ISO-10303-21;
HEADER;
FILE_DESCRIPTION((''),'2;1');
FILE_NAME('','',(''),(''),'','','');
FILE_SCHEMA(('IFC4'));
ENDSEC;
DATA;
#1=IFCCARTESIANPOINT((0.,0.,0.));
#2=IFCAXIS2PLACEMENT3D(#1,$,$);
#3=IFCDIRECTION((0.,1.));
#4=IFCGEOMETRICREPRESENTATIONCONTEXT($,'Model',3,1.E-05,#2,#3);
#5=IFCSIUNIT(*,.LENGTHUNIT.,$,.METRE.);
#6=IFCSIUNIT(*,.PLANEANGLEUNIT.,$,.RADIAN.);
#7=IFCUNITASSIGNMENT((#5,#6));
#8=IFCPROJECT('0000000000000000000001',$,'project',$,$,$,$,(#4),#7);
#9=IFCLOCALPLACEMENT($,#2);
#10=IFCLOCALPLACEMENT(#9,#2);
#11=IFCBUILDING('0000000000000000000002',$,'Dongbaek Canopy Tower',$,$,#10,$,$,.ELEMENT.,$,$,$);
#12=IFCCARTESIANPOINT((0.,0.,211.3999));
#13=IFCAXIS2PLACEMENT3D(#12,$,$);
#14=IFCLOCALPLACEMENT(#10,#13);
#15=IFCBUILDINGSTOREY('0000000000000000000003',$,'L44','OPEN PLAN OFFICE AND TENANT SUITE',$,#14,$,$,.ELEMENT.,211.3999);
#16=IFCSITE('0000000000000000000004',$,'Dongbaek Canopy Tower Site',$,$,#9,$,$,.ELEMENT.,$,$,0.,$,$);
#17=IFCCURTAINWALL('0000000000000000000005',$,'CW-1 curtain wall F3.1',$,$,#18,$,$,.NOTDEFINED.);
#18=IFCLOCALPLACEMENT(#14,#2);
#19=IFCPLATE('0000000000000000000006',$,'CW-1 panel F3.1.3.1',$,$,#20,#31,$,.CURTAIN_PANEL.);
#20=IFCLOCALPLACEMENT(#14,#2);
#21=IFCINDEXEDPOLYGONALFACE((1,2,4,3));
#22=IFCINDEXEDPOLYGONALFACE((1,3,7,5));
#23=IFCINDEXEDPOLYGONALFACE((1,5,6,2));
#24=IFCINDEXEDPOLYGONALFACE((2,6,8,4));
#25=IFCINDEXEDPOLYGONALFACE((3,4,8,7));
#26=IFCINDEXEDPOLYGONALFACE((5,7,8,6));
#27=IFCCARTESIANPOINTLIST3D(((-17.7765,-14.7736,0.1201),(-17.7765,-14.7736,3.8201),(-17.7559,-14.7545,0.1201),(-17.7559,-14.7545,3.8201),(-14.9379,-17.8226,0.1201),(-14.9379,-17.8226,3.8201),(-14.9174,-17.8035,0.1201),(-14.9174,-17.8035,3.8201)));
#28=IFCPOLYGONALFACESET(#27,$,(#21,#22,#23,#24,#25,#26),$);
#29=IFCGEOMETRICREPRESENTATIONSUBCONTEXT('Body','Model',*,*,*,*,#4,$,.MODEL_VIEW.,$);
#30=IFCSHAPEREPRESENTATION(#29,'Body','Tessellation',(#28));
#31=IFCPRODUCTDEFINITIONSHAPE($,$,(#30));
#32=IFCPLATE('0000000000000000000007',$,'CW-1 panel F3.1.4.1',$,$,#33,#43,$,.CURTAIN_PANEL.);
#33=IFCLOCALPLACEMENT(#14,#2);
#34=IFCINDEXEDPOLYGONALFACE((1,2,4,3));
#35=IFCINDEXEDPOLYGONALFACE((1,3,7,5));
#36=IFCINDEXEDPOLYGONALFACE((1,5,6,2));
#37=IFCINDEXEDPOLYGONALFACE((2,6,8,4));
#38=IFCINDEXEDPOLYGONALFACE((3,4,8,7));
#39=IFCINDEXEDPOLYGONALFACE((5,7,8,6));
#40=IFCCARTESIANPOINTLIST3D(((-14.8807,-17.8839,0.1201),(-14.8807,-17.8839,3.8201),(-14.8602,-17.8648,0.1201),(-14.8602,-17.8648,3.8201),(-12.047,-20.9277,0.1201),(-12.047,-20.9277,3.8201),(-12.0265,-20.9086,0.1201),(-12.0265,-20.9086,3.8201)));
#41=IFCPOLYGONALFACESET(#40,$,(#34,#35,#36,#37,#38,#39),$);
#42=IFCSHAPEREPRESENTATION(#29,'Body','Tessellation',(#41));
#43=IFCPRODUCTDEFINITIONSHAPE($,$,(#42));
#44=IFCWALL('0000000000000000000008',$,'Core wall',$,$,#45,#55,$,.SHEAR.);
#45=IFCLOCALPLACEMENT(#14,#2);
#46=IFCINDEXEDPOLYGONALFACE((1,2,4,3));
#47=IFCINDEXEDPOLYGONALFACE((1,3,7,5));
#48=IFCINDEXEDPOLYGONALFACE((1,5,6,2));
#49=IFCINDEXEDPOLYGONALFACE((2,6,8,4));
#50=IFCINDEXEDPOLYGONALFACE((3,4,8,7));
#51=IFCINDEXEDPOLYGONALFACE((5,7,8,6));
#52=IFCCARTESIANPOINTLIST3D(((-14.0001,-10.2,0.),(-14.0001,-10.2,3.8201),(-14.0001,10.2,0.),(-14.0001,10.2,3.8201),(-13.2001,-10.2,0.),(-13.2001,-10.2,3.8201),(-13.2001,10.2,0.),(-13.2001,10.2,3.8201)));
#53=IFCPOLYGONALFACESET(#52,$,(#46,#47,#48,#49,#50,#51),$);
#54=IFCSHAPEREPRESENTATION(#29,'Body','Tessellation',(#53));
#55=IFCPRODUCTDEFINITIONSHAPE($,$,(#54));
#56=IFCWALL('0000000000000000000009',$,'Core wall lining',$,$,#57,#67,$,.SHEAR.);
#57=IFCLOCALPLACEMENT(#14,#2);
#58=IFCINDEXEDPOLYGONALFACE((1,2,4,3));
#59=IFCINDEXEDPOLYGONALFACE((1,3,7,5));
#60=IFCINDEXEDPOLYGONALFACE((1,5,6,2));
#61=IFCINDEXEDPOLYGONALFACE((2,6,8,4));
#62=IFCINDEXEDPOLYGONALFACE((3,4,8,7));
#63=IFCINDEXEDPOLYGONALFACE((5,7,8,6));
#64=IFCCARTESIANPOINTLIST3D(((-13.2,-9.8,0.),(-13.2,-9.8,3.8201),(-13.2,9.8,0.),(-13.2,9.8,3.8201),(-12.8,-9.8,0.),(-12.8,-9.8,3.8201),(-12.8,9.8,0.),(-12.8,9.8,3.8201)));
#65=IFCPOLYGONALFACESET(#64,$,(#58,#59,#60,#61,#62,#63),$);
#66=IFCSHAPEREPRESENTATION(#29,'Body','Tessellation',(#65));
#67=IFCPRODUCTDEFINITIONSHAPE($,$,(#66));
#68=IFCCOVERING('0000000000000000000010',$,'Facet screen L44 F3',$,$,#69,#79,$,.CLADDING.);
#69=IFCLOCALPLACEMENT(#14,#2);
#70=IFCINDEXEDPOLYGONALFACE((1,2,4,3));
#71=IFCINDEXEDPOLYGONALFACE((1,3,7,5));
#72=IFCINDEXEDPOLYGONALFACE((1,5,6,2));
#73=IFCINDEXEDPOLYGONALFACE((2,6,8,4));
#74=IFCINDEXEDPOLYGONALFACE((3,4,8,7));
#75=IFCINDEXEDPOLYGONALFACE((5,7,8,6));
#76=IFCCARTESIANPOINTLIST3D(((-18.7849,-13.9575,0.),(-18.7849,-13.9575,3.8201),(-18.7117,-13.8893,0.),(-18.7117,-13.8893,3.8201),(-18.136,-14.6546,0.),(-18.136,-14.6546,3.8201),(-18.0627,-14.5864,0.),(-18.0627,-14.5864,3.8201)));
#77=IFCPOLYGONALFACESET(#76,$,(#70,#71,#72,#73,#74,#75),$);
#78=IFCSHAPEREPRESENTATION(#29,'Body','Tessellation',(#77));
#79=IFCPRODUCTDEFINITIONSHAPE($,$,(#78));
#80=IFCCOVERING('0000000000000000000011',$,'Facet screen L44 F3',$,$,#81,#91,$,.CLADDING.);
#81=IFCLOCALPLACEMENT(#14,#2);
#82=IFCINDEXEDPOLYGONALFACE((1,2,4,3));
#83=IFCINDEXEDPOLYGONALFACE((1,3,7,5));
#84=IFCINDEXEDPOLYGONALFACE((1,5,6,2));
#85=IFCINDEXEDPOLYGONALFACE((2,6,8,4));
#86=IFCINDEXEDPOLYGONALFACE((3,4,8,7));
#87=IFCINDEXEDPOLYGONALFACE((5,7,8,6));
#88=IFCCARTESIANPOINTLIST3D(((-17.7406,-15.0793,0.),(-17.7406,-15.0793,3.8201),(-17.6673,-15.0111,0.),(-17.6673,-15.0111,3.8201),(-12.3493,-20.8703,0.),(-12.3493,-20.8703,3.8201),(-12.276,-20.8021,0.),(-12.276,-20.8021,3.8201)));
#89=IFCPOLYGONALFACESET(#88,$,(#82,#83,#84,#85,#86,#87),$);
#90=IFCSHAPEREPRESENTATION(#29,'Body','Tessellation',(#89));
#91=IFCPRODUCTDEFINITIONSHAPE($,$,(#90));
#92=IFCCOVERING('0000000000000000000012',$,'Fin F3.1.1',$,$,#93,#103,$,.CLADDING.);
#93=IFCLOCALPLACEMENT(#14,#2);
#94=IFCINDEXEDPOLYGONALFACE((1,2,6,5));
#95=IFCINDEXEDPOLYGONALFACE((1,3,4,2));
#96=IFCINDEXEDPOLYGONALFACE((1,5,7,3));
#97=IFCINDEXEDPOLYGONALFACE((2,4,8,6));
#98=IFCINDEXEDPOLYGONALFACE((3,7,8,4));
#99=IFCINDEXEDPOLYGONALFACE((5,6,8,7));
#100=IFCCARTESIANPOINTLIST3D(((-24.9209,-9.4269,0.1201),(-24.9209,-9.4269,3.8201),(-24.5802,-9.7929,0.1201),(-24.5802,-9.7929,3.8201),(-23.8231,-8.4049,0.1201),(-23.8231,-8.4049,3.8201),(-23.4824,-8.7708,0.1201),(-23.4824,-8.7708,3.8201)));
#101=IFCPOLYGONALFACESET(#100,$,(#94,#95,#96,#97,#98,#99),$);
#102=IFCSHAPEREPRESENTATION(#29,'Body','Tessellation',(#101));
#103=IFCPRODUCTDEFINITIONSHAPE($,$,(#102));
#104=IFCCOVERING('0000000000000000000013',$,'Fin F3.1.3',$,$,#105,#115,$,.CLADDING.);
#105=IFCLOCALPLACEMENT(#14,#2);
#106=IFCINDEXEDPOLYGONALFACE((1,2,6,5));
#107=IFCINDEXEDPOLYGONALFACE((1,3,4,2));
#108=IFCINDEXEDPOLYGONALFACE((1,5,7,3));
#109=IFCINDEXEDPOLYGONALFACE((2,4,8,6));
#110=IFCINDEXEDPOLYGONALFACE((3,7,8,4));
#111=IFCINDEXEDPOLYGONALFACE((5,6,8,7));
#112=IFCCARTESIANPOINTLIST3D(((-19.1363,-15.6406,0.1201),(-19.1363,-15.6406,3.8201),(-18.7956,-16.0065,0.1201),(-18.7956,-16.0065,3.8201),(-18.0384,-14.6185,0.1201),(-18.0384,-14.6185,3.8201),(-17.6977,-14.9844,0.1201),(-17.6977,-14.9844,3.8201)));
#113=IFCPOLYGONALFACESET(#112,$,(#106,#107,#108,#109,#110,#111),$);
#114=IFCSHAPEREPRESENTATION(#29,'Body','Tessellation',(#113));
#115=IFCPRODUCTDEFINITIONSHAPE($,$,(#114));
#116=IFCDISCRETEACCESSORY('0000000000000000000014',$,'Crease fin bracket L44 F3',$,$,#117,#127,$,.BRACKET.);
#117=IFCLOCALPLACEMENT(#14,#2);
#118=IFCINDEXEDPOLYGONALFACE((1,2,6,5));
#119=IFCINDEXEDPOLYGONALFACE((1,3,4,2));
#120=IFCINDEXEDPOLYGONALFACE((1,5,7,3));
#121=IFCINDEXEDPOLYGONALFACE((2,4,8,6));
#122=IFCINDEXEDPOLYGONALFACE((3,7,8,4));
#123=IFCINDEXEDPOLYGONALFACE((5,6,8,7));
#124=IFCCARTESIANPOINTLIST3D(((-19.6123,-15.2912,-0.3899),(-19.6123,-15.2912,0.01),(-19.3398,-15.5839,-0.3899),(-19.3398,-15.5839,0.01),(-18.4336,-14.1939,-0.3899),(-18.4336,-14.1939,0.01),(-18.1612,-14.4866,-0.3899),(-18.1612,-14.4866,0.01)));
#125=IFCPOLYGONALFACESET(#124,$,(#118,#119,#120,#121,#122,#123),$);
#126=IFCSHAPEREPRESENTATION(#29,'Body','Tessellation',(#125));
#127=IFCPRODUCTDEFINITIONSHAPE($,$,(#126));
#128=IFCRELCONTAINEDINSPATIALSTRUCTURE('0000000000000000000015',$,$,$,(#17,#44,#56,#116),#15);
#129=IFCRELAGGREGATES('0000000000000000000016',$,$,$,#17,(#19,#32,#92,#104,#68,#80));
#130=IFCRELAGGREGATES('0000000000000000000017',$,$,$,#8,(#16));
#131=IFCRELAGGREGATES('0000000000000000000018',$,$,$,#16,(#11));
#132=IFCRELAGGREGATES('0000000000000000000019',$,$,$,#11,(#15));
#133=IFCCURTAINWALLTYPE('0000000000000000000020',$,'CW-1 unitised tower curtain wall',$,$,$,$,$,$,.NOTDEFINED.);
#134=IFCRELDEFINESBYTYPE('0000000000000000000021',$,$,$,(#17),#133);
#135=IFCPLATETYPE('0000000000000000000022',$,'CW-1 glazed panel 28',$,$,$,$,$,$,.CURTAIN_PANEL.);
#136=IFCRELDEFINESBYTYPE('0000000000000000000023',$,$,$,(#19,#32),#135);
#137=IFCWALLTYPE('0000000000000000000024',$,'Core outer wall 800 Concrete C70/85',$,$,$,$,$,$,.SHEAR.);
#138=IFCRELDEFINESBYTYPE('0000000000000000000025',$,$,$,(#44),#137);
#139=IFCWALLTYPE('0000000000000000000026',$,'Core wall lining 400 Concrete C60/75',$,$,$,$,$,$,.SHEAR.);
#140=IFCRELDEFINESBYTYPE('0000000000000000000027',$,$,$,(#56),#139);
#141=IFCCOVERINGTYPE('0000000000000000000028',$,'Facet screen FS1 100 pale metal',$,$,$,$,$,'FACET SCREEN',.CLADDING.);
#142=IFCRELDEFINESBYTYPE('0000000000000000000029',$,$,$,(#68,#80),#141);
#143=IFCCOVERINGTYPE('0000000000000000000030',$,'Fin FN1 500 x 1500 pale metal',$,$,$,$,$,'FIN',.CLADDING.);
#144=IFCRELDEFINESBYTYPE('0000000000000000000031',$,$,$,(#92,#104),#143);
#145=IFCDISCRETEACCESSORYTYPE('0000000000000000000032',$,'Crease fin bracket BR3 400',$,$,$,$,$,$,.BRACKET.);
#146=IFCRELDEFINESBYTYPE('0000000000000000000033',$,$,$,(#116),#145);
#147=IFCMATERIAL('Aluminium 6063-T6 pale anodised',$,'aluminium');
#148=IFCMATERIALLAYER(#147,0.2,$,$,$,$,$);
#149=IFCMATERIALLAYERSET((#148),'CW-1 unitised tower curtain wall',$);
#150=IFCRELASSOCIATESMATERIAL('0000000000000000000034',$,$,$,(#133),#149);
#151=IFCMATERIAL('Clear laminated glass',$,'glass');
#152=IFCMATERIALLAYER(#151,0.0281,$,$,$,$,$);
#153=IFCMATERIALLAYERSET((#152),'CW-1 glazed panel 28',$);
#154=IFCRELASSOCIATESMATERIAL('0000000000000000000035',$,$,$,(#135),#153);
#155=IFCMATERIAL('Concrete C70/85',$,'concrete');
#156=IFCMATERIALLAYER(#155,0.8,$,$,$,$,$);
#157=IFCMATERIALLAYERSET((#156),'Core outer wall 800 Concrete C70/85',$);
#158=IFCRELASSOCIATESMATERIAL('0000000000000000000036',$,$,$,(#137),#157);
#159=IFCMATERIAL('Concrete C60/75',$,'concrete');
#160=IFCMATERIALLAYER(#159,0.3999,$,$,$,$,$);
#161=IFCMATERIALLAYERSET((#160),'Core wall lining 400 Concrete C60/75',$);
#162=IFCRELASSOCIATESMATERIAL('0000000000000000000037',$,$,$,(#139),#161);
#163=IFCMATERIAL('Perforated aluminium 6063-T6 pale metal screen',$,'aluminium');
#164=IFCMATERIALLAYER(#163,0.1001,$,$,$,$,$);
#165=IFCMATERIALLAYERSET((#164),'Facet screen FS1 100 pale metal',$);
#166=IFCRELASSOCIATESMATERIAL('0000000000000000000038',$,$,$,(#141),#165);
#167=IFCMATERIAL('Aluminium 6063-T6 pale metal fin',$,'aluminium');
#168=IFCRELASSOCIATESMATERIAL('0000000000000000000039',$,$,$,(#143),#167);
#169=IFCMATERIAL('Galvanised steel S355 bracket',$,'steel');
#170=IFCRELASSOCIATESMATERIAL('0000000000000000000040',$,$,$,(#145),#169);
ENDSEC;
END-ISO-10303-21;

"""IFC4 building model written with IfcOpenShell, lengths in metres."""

from ifc_helpers import new_model, si_unit, direction, frame, frame_2d, origin, origin_2d, place, context, subcontext, project, spatial, rectangle, extrude, material, layer, layer_set, material_profile, profile_set, type_object, element, aggregate, save


model = new_model("IFC4")

# Units and contexts
model_context = context("Model", 3, precision=1e-05, world=origin(), true_north=direction((0.0, 1.0)))
body_context = subcontext(model_context, "Body", "Model", "MODEL_VIEW")
ifc_project = project(units=[si_unit("LENGTHUNIT", "METRE"), si_unit("PLANEANGLEUNIT", "RADIAN")], contexts=[model_context])

# Site, building, storey
site_placement = place(None, origin())
site = spatial("IfcSite", under=ifc_project, at=site_placement, Name="Dongbaek Canopy Tower Site", CompositionType="ELEMENT", RefElevation=0.0)
building_placement = place(site_placement, origin())
building = spatial("IfcBuilding", under=site, at=building_placement, Name="Dongbaek Canopy Tower", CompositionType="ELEMENT")
storey_placement = place(building_placement, frame((0.0, 0.0, 211.3999)))
storey = spatial("IfcBuildingStorey", under=building, at=storey_placement, Name="L44", Description="OPEN PLAN OFFICE AND TENANT SUITE", CompositionType="ELEMENT", Elevation=211.3999)

# Curtain wall
ifc_material_1 = material(Name="Aluminium 6063-T6 pale anodised", Category="aluminium")
ifc_layer_1 = layer(ifc_material_1, 0.2)
ifc_layer_set_1 = layer_set([ifc_layer_1], Name="CW-1 unitised tower curtain wall")
curtain_wall_type = type_object("IfcCurtainWallType", Name="CW-1 unitised tower curtain wall", PredefinedType="NOTDEFINED", material=ifc_layer_set_1)
curtain_wall_1_placement = place(storey_placement, origin())
curtain_wall_1 = element("IfcCurtainWall", 1, at=curtain_wall_1_placement, inside=storey, type_object=curtain_wall_type, Name="CW-1 curtain wall F3.1", PredefinedType="NOTDEFINED")

# Plates
ifc_material_2 = material(Name="Clear laminated glass", Category="glass")
ifc_layer_2 = layer(ifc_material_2, 0.0281)
ifc_layer_set_2 = layer_set([ifc_layer_2], Name="CW-1 glazed panel 28")
plate_type = type_object("IfcPlateType", Name="CW-1 glazed panel 28", PredefinedType="CURTAIN_PANEL", material=ifc_layer_set_2)
plate_1_placement = place(storey_placement, frame((-16.3469, -16.2886, 0.1201), z_axis=(0.0, 0.0, 1.0), x_axis=(0.681397, -0.731914, 0.0)))
plate_1 = element("IfcPlate", 2, at=plate_1_placement, type_object=plate_type, Name="CW-1 panel F3.1.3.1", PredefinedType="CURTAIN_PANEL", context=body_context, shape_type="SweptSolid", body=[
    extrude(rectangle(XDim=4.1658, YDim=0.0281, at=origin_2d()), origin(), (0.0, 0.0, 1.0), 3.7),
])
plate_2_placement = place(storey_placement, frame((-13.4536, -19.3962, 0.1201), z_axis=(0.0, 0.0, 1.0), x_axis=(0.681397, -0.731914, 0.0)))
plate_2 = element("IfcPlate", 3, at=plate_2_placement, type_object=plate_type, Name="CW-1 panel F3.1.4.1", PredefinedType="CURTAIN_PANEL", context=body_context, shape_type="SweptSolid", body=[
    extrude(rectangle(XDim=4.1587, YDim=0.0281, at=origin_2d()), origin(), (0.0, 0.0, 1.0), 3.7),
])

# Walls
ifc_material_3 = material(Name="Concrete C70/85", Category="concrete")
ifc_layer_3 = layer(ifc_material_3, 0.8)
ifc_layer_set_3 = layer_set([ifc_layer_3], Name="Core outer wall 800 Concrete C70/85")
wall_type_1 = type_object("IfcWallType", Name="Core outer wall 800 Concrete C70/85", PredefinedType="SHEAR", material=ifc_layer_set_3)
wall_1_placement = place(storey_placement, frame((-13.6001, -10.2, 0.0), z_axis=(0.0, 0.0, 1.0), x_axis=(0.0, 1.0, 0.0)))
element("IfcWall", 4, at=wall_1_placement, inside=storey, type_object=wall_type_1, Name="Core wall", PredefinedType="SHEAR", context=body_context, shape_type="SweptSolid", body=[
    extrude(rectangle(XDim=20.3999, YDim=0.8, at=frame_2d((10.2, 0.0))), origin(), (0.0, 0.0, 1.0), 3.8201),
])
ifc_material_4 = material(Name="Concrete C60/75", Category="concrete")
ifc_layer_4 = layer(ifc_material_4, 0.3999)
ifc_layer_set_4 = layer_set([ifc_layer_4], Name="Core wall lining 400 Concrete C60/75")
wall_type_2 = type_object("IfcWallType", Name="Core wall lining 400 Concrete C60/75", PredefinedType="SHEAR", material=ifc_layer_set_4)
wall_2_placement = place(storey_placement, frame((-13.0, -9.8, 0.0), z_axis=(0.0, 0.0, 1.0), x_axis=(0.0, 1.0, 0.0)))
element("IfcWall", 5, at=wall_2_placement, inside=storey, type_object=wall_type_2, Name="Core wall lining", PredefinedType="SHEAR", context=body_context, shape_type="SweptSolid", body=[
    extrude(rectangle(XDim=19.6001, YDim=0.3999, at=frame_2d((9.8, 0.0))), origin(), (0.0, 0.0, 1.0), 3.8201),
])

# Coverings
ifc_material_5 = material(Name="Perforated aluminium 6063-T6 pale metal screen", Category="aluminium")
ifc_layer_5 = layer(ifc_material_5, 0.1001)
ifc_layer_set_5 = layer_set([ifc_layer_5], Name="Facet screen FS1 100 pale metal")
covering_type_1 = type_object("IfcCoveringType", Name="Facet screen FS1 100 pale metal", ElementType="FACET SCREEN", PredefinedType="CLADDING", material=ifc_layer_set_5)
covering_1_placement = place(storey_placement, frame((-18.4238, -14.272, 0.0), z_axis=(0.0, 0.0, 1.0), x_axis=(0.681397, -0.731914, 0.0)))
covering_1 = element("IfcCovering", 6, at=covering_1_placement, type_object=covering_type_1, Name="Facet screen L44 F3", PredefinedType="CLADDING", context=body_context, shape_type="SweptSolid", body=[
    extrude(rectangle(XDim=0.9524, YDim=0.1001, at=origin_2d()), origin(), (0.0, 0.0, 1.0), 3.8201),
])
covering_2_placement = place(storey_placement, frame((-15.0083, -17.9407, 0.0), z_axis=(0.0, 0.0, 1.0), x_axis=(0.681397, -0.731914, 0.0)))
covering_2 = element("IfcCovering", 7, at=covering_2_placement, type_object=covering_type_1, Name="Facet screen L44 F3", PredefinedType="CLADDING", context=body_context, shape_type="SweptSolid", body=[
    extrude(rectangle(XDim=7.9121, YDim=0.1001, at=origin_2d()), origin(), (0.0, 0.0, 1.0), 3.8201),
])
ifc_material_6 = material(Name="Aluminium 6063-T6 pale metal fin", Category="aluminium")
ifc_material_profile_1 = material_profile(ifc_material_6, rectangle(XDim=1.5, YDim=0.5, at=origin_2d()), Name="Fin FN1 500 x 1500 pale metal")
ifc_profile_set_1 = profile_set([ifc_material_profile_1], Name="Aluminium 6063-T6 pale metal fin")
covering_type_2 = type_object("IfcCoveringType", Name="Fin FN1 500 x 1500 pale metal", ElementType="FIN", PredefinedType="CLADDING", material=ifc_profile_set_1)
covering_3_placement = place(storey_placement, frame((-24.2017, -9.0989, 0.1201), z_axis=(0.0, 0.0, 1.0), x_axis=(-0.731914, -0.681397, 0.0)))
covering_3 = element("IfcCovering", 8, at=covering_3_placement, type_object=covering_type_2, Name="Fin F3.1.1", PredefinedType="CLADDING", context=body_context, shape_type="SweptSolid", body=[
    extrude(rectangle(XDim=1.5, YDim=0.5, at=origin_2d()), origin(), (0.0, 0.0, 1.0), 3.7),
])
covering_4_placement = place(storey_placement, frame((-18.417, -15.3125, 0.1201), z_axis=(0.0, 0.0, 1.0), x_axis=(-0.731914, -0.681397, 0.0)))
covering_4 = element("IfcCovering", 9, at=covering_4_placement, type_object=covering_type_2, Name="Fin F3.1.3", PredefinedType="CLADDING", context=body_context, shape_type="SweptSolid", body=[
    extrude(rectangle(XDim=1.5, YDim=0.5, at=origin_2d()), origin(), (0.0, 0.0, 1.0), 3.7),
])
aggregate(curtain_wall_1, [plate_1, plate_2, covering_3, covering_4, covering_1, covering_2])

# Discrete accessory
ifc_material_7 = material(Name="Galvanised steel S355 bracket", Category="steel")
discrete_accessory_type = type_object("IfcDiscreteAccessoryType", Name="Crease fin bracket BR3 400", PredefinedType="BRACKET", material=ifc_material_7)
discrete_accessory_placement = place(storey_placement, frame((-18.8867, -14.8889, -0.3899), z_axis=(0.0, 0.0, 1.0), x_axis=(-0.731914, -0.681397, 0.0)))
element("IfcDiscreteAccessory", 10, at=discrete_accessory_placement, inside=storey, type_object=discrete_accessory_type, Name="Crease fin bracket L44 F3", PredefinedType="BRACKET", context=body_context, shape_type="SweptSolid", body=[
    extrude(rectangle(XDim=1.6104, YDim=0.3999, at=origin_2d()), origin(), (0.0, 0.0, 1.0), 0.3999),
])

save(model, "model.ifc")
